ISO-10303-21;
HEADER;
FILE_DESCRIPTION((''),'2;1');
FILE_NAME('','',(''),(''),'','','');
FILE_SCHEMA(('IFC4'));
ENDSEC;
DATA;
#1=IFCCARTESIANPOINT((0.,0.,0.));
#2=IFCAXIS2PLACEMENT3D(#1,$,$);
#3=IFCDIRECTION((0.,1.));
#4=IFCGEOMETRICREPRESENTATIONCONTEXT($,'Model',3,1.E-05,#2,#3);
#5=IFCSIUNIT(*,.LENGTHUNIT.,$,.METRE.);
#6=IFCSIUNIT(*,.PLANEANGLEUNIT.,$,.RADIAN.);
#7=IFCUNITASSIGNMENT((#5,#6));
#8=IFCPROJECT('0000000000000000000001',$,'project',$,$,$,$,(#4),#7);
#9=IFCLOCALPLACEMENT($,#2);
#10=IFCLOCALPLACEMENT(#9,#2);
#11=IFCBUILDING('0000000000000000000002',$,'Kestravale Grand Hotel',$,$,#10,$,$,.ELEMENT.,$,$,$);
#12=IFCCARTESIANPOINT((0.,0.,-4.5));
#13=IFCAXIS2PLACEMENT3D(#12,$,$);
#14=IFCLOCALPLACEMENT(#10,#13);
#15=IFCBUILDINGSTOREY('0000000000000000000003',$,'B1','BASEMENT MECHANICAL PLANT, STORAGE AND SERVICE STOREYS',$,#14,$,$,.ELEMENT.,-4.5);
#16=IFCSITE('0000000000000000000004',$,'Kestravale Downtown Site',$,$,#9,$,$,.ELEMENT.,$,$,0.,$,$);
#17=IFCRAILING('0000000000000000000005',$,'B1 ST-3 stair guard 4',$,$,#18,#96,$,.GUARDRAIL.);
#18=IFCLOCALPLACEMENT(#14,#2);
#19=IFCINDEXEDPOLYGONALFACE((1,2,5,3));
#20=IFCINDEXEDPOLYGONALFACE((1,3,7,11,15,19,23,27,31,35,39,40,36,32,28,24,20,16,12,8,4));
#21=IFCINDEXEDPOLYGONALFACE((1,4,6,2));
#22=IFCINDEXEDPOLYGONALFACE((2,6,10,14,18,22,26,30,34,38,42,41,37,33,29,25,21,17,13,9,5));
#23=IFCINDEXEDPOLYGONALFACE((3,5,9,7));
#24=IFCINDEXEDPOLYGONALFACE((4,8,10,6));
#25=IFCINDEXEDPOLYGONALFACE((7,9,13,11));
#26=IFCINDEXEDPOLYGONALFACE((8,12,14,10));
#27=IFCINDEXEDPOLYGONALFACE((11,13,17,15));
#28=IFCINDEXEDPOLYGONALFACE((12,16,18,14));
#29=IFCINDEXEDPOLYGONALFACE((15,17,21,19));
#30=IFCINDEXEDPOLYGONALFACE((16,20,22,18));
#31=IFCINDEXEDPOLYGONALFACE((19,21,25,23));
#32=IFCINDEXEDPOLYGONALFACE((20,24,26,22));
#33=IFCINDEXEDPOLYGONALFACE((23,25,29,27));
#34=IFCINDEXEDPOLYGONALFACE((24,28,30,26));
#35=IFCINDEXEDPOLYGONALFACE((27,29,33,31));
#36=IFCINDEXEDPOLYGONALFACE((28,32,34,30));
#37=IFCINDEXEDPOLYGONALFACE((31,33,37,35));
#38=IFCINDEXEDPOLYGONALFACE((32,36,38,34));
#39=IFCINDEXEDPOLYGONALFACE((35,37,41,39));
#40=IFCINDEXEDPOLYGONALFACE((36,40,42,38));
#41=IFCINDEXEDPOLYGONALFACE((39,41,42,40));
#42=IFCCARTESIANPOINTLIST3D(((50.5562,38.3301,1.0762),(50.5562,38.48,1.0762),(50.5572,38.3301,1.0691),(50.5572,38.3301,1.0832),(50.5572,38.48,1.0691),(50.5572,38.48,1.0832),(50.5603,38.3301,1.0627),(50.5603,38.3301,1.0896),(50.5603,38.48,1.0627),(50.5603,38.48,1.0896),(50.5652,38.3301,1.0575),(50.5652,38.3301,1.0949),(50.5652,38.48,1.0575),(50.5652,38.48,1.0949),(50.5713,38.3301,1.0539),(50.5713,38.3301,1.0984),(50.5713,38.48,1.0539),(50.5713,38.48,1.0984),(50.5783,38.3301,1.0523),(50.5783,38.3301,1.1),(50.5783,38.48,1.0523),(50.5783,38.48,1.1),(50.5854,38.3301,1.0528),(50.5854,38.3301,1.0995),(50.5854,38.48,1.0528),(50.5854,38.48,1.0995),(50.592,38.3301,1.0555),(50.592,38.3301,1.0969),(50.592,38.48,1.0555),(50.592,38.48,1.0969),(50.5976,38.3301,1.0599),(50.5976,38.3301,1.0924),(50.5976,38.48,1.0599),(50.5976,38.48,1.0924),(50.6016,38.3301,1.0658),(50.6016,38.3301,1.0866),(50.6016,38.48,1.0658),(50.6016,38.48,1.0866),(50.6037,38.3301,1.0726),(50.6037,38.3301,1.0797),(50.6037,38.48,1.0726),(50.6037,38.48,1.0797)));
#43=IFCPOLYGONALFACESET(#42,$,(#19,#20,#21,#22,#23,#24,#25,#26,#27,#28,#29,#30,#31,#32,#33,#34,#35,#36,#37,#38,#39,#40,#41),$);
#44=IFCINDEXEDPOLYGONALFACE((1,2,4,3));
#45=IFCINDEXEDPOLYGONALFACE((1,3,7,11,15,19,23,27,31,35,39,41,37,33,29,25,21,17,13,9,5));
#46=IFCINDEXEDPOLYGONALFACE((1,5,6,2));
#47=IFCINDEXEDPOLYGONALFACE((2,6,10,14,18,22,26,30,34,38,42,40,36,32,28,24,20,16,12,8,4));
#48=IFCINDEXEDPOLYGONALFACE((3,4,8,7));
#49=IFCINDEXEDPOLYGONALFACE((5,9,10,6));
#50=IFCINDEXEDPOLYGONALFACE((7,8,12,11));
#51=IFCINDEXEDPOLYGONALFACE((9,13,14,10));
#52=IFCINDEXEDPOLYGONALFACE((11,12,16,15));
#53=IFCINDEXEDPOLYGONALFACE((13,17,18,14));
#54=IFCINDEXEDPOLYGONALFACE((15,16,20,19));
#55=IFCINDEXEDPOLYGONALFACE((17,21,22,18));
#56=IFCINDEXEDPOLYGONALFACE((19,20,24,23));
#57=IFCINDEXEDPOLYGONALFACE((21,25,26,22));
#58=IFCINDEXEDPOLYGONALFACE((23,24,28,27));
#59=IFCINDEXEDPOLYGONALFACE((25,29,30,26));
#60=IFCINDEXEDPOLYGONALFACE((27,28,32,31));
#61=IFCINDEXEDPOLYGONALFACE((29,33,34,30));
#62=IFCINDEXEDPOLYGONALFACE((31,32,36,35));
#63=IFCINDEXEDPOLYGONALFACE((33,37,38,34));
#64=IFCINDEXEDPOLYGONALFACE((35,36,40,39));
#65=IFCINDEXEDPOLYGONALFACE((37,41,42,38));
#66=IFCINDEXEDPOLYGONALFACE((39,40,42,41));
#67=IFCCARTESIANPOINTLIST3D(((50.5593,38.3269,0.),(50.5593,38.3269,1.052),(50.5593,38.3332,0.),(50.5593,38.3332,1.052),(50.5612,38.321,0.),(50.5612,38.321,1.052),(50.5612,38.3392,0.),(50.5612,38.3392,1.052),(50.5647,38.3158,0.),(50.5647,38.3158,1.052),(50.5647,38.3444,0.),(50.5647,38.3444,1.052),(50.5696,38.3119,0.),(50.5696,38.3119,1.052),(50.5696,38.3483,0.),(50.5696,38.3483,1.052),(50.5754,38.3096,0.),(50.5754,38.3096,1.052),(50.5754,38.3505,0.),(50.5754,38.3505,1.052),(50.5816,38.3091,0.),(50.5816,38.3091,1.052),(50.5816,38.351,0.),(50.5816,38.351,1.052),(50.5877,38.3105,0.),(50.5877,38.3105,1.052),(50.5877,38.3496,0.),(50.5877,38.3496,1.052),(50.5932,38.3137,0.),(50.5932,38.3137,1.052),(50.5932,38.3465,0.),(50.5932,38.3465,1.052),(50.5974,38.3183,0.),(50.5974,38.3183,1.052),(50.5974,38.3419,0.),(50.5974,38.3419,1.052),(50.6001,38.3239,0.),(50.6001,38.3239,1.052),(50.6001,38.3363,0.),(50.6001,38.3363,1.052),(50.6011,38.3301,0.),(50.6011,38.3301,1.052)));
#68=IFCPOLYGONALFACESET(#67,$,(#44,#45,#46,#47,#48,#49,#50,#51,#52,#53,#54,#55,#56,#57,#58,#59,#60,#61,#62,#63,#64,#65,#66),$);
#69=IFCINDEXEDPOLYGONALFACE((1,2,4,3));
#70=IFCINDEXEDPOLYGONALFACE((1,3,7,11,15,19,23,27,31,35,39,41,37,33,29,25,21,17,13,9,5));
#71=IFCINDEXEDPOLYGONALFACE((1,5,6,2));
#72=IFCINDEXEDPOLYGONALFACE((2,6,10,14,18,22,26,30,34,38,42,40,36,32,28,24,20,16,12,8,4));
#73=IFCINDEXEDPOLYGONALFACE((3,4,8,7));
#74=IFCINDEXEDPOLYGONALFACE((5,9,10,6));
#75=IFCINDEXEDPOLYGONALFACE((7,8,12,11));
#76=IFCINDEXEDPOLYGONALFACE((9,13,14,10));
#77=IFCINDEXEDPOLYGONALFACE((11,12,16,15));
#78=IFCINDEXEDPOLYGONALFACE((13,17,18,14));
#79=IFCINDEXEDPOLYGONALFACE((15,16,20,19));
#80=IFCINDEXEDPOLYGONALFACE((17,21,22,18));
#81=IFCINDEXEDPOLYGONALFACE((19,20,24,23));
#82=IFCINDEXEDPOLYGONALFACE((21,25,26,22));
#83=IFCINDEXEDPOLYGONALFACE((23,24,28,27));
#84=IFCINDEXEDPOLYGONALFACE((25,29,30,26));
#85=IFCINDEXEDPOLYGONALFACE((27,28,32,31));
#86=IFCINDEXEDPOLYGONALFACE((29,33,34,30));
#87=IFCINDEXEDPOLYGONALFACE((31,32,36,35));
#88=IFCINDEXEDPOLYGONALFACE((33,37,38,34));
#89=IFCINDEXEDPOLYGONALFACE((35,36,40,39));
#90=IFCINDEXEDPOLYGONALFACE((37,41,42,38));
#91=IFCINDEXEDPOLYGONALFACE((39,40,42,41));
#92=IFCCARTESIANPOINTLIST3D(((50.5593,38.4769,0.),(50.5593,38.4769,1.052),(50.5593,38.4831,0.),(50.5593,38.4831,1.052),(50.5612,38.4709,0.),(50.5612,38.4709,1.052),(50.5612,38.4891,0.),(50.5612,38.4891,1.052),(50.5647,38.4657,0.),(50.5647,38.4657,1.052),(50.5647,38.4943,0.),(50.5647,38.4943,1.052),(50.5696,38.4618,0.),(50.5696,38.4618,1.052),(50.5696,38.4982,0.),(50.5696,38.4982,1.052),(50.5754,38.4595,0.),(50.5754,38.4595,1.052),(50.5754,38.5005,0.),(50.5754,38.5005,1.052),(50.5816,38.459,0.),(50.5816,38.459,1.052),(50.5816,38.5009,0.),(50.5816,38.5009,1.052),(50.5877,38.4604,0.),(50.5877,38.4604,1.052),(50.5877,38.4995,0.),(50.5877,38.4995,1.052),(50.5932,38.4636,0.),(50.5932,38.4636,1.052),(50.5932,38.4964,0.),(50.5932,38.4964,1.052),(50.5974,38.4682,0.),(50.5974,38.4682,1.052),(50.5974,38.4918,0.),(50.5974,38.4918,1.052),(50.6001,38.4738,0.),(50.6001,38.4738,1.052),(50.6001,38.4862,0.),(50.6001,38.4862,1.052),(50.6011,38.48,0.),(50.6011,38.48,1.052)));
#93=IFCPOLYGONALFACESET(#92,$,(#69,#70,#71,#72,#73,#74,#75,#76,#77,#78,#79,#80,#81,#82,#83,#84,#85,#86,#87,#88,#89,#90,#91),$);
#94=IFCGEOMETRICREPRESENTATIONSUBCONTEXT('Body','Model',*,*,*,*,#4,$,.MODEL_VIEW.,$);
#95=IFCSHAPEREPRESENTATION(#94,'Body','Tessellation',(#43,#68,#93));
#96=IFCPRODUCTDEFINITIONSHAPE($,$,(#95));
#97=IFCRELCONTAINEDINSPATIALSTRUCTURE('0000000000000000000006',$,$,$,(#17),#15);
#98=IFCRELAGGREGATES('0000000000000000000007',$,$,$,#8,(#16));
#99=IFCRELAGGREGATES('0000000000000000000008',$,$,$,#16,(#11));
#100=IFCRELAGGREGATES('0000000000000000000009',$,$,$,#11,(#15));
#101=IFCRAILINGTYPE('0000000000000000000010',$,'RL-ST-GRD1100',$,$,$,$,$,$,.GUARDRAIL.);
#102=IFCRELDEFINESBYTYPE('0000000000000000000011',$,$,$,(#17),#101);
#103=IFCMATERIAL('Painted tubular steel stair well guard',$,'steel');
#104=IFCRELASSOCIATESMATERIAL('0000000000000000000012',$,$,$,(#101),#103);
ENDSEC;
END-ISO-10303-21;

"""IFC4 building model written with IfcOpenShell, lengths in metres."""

from ifc_helpers import new_model, si_unit, direction, frame, origin, origin_2d, place, context, subcontext, project, spatial, circle, extrude, material, type_object, element, save


model = new_model("IFC4")

# Units and contexts
model_context = context("Model", 3, precision=1e-05, world=origin(), true_north=direction((0.0, 1.0)))
body_context = subcontext(model_context, "Body", "Model", "MODEL_VIEW")
ifc_project = project(units=[si_unit("LENGTHUNIT", "METRE"), si_unit("PLANEANGLEUNIT", "RADIAN")], contexts=[model_context])

# Site, building, storey
site_placement = place(None, origin())
site = spatial("IfcSite", under=ifc_project, at=site_placement, Name="Kestravale Downtown Site", CompositionType="ELEMENT", RefElevation=0.0)
building_placement = place(site_placement, origin())
building = spatial("IfcBuilding", under=site, at=building_placement, Name="Kestravale Grand Hotel", CompositionType="ELEMENT")
storey_placement = place(building_placement, frame((0.0, 0.0, -4.5)))
storey = spatial("IfcBuildingStorey", under=building, at=storey_placement, Name="B1", Description="BASEMENT MECHANICAL PLANT, STORAGE AND SERVICE STOREYS", CompositionType="ELEMENT", Elevation=-4.5)

# Railing
ifc_material_1 = material(Name="Painted tubular steel stair well guard", Category="steel")
railing_type_1 = type_object("IfcRailingType", Name="RL-ST-GRD1100", PredefinedType="GUARDRAIL", material=ifc_material_1)
railing_1_placement = place(storey_placement, frame((50.5801, 38.3301, 0.0)))
element("IfcRailing", 1, at=railing_1_placement, inside=storey, type_object=railing_type_1, Name="B1 ST-3 stair guard 4", PredefinedType="GUARDRAIL", context=body_context, shape_type="SweptSolid", body=[
    extrude(circle(Radius=0.0239, at=origin_2d()), frame((0.0, 0.0, 1.0762), z_axis=(0.0, 1.0, 0.0), x_axis=(-1.0, 0.0, 0.0)), (0.0, 0.0, 1.0), 0.1499),
    extrude(circle(Radius=0.021, at=origin_2d()), origin(), (0.0, 0.0, 1.0), 1.052),
    extrude(circle(Radius=0.021, at=origin_2d()), frame((0.0, 0.1499, 0.0)), (0.0, 0.0, 1.0), 1.052),
])

save(model, "model.ifc")
